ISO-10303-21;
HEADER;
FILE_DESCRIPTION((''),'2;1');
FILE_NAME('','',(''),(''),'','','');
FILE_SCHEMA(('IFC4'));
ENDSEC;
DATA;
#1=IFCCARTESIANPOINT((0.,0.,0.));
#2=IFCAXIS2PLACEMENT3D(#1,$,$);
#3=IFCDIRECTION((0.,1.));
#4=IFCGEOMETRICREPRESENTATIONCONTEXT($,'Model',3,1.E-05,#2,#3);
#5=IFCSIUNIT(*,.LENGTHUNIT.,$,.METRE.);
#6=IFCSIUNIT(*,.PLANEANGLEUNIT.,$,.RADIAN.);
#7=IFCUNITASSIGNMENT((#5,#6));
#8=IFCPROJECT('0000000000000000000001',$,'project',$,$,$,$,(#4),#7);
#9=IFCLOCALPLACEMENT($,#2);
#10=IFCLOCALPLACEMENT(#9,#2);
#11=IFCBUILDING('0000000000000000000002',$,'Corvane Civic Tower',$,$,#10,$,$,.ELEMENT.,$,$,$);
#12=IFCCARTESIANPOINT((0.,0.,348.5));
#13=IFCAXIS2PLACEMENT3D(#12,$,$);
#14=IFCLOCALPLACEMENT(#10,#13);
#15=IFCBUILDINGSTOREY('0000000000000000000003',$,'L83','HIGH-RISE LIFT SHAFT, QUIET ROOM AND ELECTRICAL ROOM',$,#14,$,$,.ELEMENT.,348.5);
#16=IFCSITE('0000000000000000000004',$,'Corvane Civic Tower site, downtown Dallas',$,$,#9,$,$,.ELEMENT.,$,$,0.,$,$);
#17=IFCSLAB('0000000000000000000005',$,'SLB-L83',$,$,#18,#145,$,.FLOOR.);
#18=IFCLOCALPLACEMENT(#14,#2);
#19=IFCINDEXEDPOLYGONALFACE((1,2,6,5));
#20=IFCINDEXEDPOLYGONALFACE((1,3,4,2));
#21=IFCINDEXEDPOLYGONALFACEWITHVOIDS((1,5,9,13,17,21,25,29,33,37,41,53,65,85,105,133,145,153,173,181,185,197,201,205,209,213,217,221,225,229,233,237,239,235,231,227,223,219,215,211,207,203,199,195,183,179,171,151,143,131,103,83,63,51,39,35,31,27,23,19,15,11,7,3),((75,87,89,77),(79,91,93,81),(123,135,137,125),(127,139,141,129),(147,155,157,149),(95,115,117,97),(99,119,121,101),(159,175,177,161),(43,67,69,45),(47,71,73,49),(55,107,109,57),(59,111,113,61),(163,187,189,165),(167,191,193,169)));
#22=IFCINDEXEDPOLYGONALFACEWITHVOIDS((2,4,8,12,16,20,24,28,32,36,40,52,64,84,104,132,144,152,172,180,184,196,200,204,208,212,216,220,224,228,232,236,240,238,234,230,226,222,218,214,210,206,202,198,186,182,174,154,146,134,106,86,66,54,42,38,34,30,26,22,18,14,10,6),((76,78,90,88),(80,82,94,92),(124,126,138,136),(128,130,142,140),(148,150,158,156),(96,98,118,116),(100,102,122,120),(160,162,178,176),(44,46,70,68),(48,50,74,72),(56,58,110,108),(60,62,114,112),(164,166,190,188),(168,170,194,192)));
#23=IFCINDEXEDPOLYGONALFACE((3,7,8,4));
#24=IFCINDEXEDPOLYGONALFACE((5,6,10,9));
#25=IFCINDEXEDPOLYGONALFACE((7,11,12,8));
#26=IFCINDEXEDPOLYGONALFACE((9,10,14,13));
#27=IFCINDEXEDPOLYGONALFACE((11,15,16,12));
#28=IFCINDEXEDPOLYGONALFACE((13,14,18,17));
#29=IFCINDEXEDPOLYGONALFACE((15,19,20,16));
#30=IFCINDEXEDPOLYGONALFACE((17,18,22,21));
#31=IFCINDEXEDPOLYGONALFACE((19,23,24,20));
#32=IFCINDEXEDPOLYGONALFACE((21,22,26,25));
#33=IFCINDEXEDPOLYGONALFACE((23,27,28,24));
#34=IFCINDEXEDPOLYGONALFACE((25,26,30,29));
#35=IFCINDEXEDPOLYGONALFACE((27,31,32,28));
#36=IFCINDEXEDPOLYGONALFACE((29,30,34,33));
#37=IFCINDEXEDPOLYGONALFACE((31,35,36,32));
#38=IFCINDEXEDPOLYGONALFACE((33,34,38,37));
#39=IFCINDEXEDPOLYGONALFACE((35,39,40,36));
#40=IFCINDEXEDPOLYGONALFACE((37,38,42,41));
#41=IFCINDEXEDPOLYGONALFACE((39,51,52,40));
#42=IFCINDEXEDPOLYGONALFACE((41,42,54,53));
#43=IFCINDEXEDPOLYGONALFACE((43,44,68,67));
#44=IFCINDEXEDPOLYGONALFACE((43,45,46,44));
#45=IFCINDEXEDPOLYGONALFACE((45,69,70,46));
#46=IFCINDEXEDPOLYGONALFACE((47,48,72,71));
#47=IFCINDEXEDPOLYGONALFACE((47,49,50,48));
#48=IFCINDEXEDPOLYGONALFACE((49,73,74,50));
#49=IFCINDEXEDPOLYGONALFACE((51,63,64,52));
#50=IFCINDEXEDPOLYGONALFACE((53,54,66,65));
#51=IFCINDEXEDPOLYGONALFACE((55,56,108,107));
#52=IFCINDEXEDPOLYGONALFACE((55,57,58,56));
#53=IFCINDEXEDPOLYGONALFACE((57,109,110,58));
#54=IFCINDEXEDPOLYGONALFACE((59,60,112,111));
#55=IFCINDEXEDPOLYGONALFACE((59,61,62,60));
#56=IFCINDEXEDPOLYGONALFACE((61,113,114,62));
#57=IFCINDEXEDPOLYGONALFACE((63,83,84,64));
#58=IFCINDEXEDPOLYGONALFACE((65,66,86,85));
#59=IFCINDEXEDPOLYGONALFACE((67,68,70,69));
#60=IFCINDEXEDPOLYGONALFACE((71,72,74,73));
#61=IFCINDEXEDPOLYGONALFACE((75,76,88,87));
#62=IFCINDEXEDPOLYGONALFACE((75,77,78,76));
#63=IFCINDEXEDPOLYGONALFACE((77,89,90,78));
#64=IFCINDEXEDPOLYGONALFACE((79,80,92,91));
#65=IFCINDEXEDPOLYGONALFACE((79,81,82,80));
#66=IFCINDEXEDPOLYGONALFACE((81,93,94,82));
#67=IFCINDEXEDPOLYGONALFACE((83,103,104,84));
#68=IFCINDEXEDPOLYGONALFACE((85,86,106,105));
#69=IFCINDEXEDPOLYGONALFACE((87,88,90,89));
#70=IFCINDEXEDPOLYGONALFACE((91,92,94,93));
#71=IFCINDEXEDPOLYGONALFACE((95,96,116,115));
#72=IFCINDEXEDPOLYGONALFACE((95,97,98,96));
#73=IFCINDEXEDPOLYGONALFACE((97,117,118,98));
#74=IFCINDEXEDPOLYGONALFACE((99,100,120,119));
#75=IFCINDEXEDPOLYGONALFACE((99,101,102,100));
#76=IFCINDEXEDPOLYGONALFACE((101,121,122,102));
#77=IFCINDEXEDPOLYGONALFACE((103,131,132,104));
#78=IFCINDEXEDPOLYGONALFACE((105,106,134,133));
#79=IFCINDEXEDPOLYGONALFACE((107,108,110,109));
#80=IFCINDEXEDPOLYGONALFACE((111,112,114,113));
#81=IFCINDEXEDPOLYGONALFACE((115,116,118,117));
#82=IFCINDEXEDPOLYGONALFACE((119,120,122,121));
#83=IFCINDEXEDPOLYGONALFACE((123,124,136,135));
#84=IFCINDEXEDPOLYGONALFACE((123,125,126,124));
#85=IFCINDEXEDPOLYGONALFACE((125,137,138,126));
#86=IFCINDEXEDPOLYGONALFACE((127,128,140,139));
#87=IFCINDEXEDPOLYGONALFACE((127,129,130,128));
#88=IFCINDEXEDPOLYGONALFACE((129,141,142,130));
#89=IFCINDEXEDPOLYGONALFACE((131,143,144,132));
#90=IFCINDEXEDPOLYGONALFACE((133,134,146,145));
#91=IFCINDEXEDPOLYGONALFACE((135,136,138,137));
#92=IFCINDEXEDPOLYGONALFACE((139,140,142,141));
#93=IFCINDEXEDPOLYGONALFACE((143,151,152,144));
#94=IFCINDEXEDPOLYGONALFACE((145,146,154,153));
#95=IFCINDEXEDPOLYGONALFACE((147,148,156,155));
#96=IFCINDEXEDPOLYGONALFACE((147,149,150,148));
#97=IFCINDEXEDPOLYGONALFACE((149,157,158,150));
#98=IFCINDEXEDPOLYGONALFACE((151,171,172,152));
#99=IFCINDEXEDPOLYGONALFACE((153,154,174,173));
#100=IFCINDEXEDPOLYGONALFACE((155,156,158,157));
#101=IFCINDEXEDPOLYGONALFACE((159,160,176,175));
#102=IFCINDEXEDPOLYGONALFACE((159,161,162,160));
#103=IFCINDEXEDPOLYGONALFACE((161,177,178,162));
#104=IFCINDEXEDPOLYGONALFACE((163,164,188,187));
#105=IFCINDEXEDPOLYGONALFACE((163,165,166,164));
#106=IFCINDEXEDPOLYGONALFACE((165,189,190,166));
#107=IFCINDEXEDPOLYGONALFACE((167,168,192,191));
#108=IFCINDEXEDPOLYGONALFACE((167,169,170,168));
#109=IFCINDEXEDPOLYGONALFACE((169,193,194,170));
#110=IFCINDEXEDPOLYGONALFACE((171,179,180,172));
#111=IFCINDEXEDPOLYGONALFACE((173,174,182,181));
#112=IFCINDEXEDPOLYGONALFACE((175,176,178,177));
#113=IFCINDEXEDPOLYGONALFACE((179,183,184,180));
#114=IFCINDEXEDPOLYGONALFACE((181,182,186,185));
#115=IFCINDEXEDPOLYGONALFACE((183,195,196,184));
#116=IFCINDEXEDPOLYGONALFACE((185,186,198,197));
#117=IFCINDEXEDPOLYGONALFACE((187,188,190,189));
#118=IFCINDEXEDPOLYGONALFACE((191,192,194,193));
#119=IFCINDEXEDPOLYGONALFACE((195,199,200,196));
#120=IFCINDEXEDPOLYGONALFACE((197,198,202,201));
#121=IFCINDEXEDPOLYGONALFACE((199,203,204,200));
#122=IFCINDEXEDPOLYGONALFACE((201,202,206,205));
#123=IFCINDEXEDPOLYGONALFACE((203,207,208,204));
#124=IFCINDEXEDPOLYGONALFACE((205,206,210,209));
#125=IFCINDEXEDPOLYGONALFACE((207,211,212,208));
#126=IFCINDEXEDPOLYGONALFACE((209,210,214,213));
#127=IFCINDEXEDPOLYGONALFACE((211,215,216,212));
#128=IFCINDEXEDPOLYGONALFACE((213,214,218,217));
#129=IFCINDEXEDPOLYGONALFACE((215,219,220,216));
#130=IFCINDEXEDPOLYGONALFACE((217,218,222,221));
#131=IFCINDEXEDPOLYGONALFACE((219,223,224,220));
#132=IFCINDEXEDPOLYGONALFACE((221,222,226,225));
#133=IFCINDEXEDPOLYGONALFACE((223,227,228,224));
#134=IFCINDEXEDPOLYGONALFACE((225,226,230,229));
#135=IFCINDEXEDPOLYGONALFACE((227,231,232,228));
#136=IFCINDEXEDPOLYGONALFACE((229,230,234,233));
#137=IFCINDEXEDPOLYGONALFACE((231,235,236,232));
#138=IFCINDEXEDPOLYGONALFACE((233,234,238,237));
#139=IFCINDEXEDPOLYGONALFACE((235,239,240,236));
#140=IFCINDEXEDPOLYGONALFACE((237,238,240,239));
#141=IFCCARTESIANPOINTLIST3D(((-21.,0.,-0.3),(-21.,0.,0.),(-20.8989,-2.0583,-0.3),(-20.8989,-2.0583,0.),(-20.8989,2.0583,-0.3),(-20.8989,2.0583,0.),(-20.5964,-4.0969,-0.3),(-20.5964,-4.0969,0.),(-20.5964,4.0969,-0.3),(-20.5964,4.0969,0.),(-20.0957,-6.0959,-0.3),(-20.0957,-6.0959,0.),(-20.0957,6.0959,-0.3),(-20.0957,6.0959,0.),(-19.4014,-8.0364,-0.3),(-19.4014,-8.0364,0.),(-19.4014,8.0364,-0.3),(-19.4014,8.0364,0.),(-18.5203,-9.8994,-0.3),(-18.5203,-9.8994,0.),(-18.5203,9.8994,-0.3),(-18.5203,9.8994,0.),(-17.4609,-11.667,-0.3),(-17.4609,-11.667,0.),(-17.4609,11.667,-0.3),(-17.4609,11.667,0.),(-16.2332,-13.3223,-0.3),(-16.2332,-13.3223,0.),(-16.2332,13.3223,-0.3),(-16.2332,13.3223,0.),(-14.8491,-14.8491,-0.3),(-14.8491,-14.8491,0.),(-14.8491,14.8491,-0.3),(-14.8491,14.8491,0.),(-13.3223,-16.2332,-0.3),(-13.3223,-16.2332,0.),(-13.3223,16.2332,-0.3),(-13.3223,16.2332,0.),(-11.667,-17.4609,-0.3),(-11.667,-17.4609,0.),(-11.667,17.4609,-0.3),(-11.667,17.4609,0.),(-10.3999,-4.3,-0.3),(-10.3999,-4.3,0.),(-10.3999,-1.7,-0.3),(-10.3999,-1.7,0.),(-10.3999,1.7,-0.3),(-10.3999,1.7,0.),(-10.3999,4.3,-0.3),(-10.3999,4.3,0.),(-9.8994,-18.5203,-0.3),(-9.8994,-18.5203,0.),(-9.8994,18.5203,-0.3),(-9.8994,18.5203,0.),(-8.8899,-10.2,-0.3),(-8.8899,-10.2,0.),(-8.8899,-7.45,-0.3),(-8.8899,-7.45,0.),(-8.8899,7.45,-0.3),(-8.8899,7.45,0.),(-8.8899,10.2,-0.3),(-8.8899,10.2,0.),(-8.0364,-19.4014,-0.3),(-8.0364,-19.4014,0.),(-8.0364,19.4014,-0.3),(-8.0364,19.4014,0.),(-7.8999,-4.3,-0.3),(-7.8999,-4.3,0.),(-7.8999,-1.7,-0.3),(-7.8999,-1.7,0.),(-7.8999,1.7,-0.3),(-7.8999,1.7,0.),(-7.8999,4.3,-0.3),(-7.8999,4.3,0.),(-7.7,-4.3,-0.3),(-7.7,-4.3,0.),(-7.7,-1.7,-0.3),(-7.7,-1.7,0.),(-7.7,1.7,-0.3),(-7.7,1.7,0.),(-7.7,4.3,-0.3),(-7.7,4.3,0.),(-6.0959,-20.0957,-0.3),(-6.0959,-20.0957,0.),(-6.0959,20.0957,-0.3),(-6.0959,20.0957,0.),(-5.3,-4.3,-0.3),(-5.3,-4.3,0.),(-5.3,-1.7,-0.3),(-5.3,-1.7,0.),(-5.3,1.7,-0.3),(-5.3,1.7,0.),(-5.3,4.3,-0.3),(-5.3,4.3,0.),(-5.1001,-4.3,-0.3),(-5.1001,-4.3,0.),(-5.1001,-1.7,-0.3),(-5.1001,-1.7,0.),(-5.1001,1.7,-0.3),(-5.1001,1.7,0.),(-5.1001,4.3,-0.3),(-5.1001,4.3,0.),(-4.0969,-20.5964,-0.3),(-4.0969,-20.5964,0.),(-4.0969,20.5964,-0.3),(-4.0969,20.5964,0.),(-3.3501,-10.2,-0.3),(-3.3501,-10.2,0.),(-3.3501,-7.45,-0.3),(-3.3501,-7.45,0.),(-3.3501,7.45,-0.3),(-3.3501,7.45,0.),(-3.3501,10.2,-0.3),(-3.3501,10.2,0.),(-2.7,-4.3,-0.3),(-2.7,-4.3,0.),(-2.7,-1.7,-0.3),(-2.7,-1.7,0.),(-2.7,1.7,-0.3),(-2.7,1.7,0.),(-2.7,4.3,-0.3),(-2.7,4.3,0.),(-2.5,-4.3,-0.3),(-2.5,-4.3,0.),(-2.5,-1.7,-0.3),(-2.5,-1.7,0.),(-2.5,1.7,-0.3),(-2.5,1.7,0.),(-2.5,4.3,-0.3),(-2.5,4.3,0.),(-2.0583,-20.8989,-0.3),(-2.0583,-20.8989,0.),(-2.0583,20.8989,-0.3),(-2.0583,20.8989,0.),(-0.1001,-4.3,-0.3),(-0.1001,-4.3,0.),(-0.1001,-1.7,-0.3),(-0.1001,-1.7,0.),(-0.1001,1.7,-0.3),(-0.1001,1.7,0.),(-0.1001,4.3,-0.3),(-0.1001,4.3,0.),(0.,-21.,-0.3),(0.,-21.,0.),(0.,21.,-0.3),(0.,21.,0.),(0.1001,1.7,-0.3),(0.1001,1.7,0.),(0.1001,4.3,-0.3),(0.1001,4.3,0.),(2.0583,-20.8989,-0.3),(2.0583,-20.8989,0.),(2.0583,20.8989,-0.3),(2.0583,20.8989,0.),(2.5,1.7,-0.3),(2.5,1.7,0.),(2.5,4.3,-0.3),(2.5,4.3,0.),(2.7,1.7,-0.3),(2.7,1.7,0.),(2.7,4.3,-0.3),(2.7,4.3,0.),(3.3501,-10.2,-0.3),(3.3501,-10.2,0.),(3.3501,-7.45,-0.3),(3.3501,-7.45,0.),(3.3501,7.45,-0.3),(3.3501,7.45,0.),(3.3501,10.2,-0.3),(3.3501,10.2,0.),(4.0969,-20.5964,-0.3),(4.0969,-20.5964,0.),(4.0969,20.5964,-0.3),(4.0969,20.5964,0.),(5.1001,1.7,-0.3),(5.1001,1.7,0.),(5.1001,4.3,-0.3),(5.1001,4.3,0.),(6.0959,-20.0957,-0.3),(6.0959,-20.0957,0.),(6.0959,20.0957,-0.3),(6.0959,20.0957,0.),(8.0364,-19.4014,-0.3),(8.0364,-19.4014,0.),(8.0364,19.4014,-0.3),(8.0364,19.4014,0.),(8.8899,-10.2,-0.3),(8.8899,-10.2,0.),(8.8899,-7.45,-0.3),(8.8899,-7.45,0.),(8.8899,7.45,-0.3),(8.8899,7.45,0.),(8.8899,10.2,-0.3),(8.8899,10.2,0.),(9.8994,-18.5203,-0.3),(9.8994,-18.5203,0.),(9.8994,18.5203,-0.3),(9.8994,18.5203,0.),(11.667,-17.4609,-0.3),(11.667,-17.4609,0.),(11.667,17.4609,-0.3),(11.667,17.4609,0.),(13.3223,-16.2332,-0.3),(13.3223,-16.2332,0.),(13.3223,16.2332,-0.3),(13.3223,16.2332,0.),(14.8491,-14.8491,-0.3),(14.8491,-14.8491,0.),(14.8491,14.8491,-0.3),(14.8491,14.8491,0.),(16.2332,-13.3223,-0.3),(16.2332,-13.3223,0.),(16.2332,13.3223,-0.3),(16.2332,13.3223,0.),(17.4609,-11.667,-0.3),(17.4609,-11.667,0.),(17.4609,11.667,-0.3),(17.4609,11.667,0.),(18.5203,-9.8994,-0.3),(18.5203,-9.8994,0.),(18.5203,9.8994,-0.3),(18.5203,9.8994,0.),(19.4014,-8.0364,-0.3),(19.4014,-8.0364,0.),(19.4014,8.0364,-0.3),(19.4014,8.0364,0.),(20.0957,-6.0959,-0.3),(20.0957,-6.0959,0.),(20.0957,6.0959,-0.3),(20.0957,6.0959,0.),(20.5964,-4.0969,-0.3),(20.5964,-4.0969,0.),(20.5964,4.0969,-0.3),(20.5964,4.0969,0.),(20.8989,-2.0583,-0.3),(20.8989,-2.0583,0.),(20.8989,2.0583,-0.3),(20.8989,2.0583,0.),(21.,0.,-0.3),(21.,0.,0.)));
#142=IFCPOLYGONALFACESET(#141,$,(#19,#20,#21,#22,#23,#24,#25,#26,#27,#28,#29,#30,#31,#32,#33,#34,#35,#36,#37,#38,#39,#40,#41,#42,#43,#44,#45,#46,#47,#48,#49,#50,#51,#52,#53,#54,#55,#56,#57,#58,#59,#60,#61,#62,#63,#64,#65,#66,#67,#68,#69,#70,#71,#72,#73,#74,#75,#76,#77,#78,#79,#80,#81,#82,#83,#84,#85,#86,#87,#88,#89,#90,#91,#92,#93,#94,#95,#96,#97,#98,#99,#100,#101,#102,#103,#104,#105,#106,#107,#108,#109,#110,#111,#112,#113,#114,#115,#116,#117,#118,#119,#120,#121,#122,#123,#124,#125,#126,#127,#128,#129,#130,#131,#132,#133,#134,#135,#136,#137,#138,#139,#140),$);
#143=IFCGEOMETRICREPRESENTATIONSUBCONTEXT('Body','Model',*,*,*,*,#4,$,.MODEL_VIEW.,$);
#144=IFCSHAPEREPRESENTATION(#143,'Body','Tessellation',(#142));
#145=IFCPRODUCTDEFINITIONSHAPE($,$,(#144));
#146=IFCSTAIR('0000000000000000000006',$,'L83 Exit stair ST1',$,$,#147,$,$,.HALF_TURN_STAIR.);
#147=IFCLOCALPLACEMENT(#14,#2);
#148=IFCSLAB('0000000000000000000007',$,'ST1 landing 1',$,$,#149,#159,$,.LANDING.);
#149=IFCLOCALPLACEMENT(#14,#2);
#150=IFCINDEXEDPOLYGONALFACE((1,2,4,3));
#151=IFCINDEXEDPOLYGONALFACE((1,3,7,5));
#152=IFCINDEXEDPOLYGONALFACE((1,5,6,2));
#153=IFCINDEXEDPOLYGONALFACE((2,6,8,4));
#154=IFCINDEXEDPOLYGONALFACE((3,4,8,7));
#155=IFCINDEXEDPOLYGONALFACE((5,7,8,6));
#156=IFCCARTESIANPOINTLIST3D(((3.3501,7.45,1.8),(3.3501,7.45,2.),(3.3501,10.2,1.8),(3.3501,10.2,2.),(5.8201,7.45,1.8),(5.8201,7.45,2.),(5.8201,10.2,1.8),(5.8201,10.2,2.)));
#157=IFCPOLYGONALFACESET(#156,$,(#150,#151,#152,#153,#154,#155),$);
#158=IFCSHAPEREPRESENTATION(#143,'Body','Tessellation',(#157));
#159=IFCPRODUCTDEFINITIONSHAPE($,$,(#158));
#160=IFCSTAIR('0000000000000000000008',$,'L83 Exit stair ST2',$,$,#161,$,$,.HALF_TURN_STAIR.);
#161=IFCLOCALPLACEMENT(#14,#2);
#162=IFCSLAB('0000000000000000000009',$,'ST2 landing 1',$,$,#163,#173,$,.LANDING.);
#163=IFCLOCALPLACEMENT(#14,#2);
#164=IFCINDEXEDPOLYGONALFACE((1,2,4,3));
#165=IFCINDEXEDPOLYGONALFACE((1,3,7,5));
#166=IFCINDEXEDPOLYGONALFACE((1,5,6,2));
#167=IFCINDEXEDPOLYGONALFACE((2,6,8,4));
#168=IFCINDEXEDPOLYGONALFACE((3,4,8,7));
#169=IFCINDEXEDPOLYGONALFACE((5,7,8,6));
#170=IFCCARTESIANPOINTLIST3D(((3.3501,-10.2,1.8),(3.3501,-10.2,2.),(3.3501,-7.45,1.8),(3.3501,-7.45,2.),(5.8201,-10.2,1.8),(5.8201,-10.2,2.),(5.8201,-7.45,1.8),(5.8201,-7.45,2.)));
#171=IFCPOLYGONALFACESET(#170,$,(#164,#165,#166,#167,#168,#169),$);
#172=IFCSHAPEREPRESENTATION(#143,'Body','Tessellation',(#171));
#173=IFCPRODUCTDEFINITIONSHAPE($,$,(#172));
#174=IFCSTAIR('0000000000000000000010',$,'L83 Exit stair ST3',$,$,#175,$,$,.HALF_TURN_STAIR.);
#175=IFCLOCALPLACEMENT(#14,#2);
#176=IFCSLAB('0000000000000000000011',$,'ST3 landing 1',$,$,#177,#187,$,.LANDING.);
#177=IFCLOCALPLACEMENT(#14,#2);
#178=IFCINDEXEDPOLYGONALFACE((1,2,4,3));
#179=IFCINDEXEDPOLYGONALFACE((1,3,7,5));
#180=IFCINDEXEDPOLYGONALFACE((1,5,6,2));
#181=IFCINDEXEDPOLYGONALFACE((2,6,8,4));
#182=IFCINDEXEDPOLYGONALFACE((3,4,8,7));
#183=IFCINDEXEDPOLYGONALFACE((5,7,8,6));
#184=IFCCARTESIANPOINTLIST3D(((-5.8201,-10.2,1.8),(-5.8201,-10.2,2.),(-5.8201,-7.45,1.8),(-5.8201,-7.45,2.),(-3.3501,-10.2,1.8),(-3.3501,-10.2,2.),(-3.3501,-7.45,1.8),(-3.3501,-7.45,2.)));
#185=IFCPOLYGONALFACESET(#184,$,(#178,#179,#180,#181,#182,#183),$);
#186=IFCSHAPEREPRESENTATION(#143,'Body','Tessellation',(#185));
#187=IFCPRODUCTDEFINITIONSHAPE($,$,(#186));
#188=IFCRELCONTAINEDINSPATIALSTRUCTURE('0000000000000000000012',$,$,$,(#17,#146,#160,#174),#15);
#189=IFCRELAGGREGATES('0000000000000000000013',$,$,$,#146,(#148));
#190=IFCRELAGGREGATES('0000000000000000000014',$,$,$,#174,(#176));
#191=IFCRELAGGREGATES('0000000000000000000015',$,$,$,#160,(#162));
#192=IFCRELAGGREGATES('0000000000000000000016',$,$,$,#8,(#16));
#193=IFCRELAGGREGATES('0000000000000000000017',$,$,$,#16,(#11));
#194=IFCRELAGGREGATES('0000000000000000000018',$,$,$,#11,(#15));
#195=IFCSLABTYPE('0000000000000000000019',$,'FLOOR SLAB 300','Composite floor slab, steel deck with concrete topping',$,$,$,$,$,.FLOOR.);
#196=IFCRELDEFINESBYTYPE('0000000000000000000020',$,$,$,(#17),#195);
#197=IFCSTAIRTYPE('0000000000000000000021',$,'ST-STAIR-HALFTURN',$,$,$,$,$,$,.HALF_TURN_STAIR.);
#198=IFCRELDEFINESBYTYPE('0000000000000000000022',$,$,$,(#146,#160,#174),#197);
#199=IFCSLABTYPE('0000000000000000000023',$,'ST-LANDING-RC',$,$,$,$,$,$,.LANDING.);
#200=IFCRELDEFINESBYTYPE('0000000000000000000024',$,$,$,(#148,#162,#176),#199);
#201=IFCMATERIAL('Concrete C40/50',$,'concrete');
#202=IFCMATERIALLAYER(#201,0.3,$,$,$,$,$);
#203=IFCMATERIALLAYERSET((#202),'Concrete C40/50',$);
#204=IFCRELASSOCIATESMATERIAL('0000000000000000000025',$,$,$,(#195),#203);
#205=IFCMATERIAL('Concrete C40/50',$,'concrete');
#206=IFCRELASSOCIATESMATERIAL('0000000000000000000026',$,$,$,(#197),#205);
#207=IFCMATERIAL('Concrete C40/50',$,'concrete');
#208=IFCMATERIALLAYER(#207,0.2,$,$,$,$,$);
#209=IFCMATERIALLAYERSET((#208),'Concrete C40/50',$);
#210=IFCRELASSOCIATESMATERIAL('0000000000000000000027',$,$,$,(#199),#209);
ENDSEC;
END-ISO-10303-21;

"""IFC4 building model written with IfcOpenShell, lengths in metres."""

from ifc_helpers import new_model, si_unit, direction, frame, origin, place, context, subcontext, project, spatial, polyline, outline, extrude, material, layer, layer_set, type_object, element, aggregate, save


model = new_model("IFC4")

# Units and contexts
model_context = context("Model", 3, precision=1e-05, world=origin(), true_north=direction((0.0, 1.0)))
body_context = subcontext(model_context, "Body", "Model", "MODEL_VIEW")
ifc_project = project(units=[si_unit("LENGTHUNIT", "METRE"), si_unit("PLANEANGLEUNIT", "RADIAN")], contexts=[model_context])

# Site, building, storey
site_placement = place(None, origin())
site = spatial("IfcSite", under=ifc_project, at=site_placement, Name="Corvane Civic Tower site, downtown Dallas", CompositionType="ELEMENT", RefElevation=0.0)
building_placement = place(site_placement, origin())
building = spatial("IfcBuilding", under=site, at=building_placement, Name="Corvane Civic Tower", CompositionType="ELEMENT")
storey_placement = place(building_placement, frame((0.0, 0.0, 348.5)))
storey = spatial("IfcBuildingStorey", under=building, at=storey_placement, Name="L83", Description="HIGH-RISE LIFT SHAFT, QUIET ROOM AND ELECTRICAL ROOM", CompositionType="ELEMENT", Elevation=348.5)

# Slab
ifc_material_1 = material(Name="Concrete C40/50", Category="concrete")
ifc_layer_1 = layer(ifc_material_1, 0.3)
ifc_layer_set_1 = layer_set([ifc_layer_1], Name="Concrete C40/50")
slab_type_1 = type_object("IfcSlabType", Name="FLOOR SLAB 300", Description="Composite floor slab, steel deck with concrete topping", PredefinedType="FLOOR", material=ifc_layer_set_1)
slab_1_placement = place(storey_placement, frame((0.0, 0.0, -0.3)))
element("IfcSlab", 1, at=slab_1_placement, inside=storey, type_object=slab_type_1, Name="SLB-L83", PredefinedType="FLOOR", context=body_context, shape_type="SweptSolid", body=[
    extrude(outline(polyline([(0.0, 21.0), (-2.0583, 20.8989), (-4.0969, 20.5964), (-6.0959, 20.0957), (-8.0364, 19.4014), (-9.8994, 18.5203), (-11.667, 17.4609), (-13.3223, 16.2332), (-14.8491, 14.8491), (-16.2332, 13.3223), (-17.4609, 11.667), (-18.5203, 9.8994), (-19.4014, 8.0364), (-20.0957, 6.0959), (-20.5964, 4.0969), (-20.8989, 2.0583), (-21.0, 0.0), (-20.8989, -2.0583), (-20.5964, -4.0969), (-20.0957, -6.0959), (-19.4014, -8.0364), (-18.5203, -9.8994), (-17.4609, -11.667), (-16.2332, -13.3223), (-14.8491, -14.8491), (-13.3223, -16.2332), (-11.667, -17.4609), (-9.8994, -18.5203), (-8.0364, -19.4014), (-6.0959, -20.0957), (-4.0969, -20.5964), (-2.0583, -20.8989), (0.0, -21.0), (2.0583, -20.8989), (4.0969, -20.5964), (6.0959, -20.0957), (8.0364, -19.4014), (9.8994, -18.5203), (11.667, -17.4609), (13.3223, -16.2332), (14.8491, -14.8491), (16.2332, -13.3223), (17.4609, -11.667), (18.5203, -9.8994), (19.4014, -8.0364), (20.0957, -6.0959), (20.5964, -4.0969), (20.8989, -2.0583), (21.0, 0.0), (20.8989, 2.0583), (20.5964, 4.0969), (20.0957, 6.0959), (19.4014, 8.0364), (18.5203, 9.8994), (17.4609, 11.667), (16.2332, 13.3223), (14.8491, 14.8491), (13.3223, 16.2332), (11.667, 17.4609), (9.8994, 18.5203), (8.0364, 19.4014), (6.0959, 20.0957), (4.0969, 20.5964), (2.0583, 20.8989), (0.0, 21.0)]), holes=[polyline([(-10.3999, 4.3), (-7.8999, 4.3), (-7.8999, 1.7), (-10.3999, 1.7), (-10.3999, 4.3)]), polyline([(-7.7, 4.3), (-5.3, 4.3), (-5.3, 1.7), (-7.7, 1.7), (-7.7, 4.3)]), polyline([(-5.1001, 4.3), (-2.7, 4.3), (-2.7, 1.7), (-5.1001, 1.7), (-5.1001, 4.3)]), polyline([(-2.5, 4.3), (-0.1001, 4.3), (-0.1001, 1.7), (-2.5, 1.7), (-2.5, 4.3)]), polyline([(0.1001, 4.3), (2.5, 4.3), (2.5, 1.7), (0.1001, 1.7), (0.1001, 4.3)]), polyline([(2.7, 4.3), (5.1001, 4.3), (5.1001, 1.7), (2.7, 1.7), (2.7, 4.3)]), polyline([(-10.3999, -1.7), (-7.8999, -1.7), (-7.8999, -4.3), (-10.3999, -4.3), (-10.3999, -1.7)]), polyline([(-7.7, -4.3), (-7.7, -1.7), (-5.3, -1.7), (-5.3, -4.3), (-7.7, -4.3)]), polyline([(-5.1001, -4.3), (-5.1001, -1.7), (-2.7, -1.7), (-2.7, -4.3), (-5.1001, -4.3)]), polyline([(-0.1001, -1.7), (-0.1001, -4.3), (-2.5, -4.3), (-2.5, -1.7), (-0.1001, -1.7)]), polyline([(8.8899, 10.2), (8.8899, 7.45), (3.3501, 7.45), (3.3501, 10.2), (8.8899, 10.2)]), polyline([(-8.8899, 7.45), (-8.8899, 10.2), (-3.3501, 10.2), (-3.3501, 7.45), (-8.8899, 7.45)]), polyline([(8.8899, -7.45), (8.8899, -10.2), (3.3501, -10.2), (3.3501, -7.45), (8.8899, -7.45)]), polyline([(-8.8899, -10.2), (-8.8899, -7.45), (-3.3501, -7.45), (-3.3501, -10.2), (-8.8899, -10.2)])]), origin(), (0.0, 0.0, 1.0), 0.3),
])

# Stairs, slabs
ifc_material_2 = material(Name="Concrete C40/50", Category="concrete")
stair_type = type_object("IfcStairType", Name="ST-STAIR-HALFTURN", PredefinedType="HALF_TURN_STAIR", material=ifc_material_2)
stair_1_placement = place(storey_placement, origin())
stair_1 = element("IfcStair", 2, at=stair_1_placement, inside=storey, type_object=stair_type, Name="L83 Exit stair ST1", PredefinedType="HALF_TURN_STAIR")
ifc_material_3 = material(Name="Concrete C40/50", Category="concrete")
ifc_layer_2 = layer(ifc_material_3, 0.2)
ifc_layer_set_2 = layer_set([ifc_layer_2], Name="Concrete C40/50")
slab_type_2 = type_object("IfcSlabType", Name="ST-LANDING-RC", PredefinedType="LANDING", material=ifc_layer_set_2)
slab_2_placement = place(storey_placement, frame((0.0, 0.0, 1.8)))
slab_2 = element("IfcSlab", 3, at=slab_2_placement, type_object=slab_type_2, Name="ST1 landing 1", PredefinedType="LANDING", context=body_context, shape_type="SweptSolid", body=[
    extrude(outline(polyline([(5.8201, 10.2), (3.3501, 10.2), (3.3501, 7.45), (5.8201, 7.45), (5.8201, 10.2)])), origin(), (0.0, 0.0, 1.0), 0.2),
])
aggregate(stair_1, [slab_2])
stair_2_placement = place(storey_placement, origin())
stair_2 = element("IfcStair", 4, at=stair_2_placement, inside=storey, type_object=stair_type, Name="L83 Exit stair ST2", PredefinedType="HALF_TURN_STAIR")
slab_3_placement = place(storey_placement, frame((0.0, 0.0, 1.8)))
slab_3 = element("IfcSlab", 5, at=slab_3_placement, type_object=slab_type_2, Name="ST2 landing 1", PredefinedType="LANDING", context=body_context, shape_type="SweptSolid", body=[
    extrude(outline(polyline([(5.8201, -7.45), (3.3501, -7.45), (3.3501, -10.2), (5.8201, -10.2), (5.8201, -7.45)])), origin(), (0.0, 0.0, 1.0), 0.2),
])
stair_3_placement = place(storey_placement, origin())
stair_3 = element("IfcStair", 6, at=stair_3_placement, inside=storey, type_object=stair_type, Name="L83 Exit stair ST3", PredefinedType="HALF_TURN_STAIR")
slab_4_placement = place(storey_placement, frame((0.0, 0.0, 1.8)))
slab_4 = element("IfcSlab", 7, at=slab_4_placement, type_object=slab_type_2, Name="ST3 landing 1", PredefinedType="LANDING", context=body_context, shape_type="SweptSolid", body=[
    extrude(outline(polyline([(-5.8201, -10.2), (-3.3501, -10.2), (-3.3501, -7.45), (-5.8201, -7.45), (-5.8201, -10.2)])), origin(), (0.0, 0.0, 1.0), 0.2),
])
aggregate(stair_3, [slab_4])

aggregate(stair_2, [slab_3])

save(model, "model.ifc")
